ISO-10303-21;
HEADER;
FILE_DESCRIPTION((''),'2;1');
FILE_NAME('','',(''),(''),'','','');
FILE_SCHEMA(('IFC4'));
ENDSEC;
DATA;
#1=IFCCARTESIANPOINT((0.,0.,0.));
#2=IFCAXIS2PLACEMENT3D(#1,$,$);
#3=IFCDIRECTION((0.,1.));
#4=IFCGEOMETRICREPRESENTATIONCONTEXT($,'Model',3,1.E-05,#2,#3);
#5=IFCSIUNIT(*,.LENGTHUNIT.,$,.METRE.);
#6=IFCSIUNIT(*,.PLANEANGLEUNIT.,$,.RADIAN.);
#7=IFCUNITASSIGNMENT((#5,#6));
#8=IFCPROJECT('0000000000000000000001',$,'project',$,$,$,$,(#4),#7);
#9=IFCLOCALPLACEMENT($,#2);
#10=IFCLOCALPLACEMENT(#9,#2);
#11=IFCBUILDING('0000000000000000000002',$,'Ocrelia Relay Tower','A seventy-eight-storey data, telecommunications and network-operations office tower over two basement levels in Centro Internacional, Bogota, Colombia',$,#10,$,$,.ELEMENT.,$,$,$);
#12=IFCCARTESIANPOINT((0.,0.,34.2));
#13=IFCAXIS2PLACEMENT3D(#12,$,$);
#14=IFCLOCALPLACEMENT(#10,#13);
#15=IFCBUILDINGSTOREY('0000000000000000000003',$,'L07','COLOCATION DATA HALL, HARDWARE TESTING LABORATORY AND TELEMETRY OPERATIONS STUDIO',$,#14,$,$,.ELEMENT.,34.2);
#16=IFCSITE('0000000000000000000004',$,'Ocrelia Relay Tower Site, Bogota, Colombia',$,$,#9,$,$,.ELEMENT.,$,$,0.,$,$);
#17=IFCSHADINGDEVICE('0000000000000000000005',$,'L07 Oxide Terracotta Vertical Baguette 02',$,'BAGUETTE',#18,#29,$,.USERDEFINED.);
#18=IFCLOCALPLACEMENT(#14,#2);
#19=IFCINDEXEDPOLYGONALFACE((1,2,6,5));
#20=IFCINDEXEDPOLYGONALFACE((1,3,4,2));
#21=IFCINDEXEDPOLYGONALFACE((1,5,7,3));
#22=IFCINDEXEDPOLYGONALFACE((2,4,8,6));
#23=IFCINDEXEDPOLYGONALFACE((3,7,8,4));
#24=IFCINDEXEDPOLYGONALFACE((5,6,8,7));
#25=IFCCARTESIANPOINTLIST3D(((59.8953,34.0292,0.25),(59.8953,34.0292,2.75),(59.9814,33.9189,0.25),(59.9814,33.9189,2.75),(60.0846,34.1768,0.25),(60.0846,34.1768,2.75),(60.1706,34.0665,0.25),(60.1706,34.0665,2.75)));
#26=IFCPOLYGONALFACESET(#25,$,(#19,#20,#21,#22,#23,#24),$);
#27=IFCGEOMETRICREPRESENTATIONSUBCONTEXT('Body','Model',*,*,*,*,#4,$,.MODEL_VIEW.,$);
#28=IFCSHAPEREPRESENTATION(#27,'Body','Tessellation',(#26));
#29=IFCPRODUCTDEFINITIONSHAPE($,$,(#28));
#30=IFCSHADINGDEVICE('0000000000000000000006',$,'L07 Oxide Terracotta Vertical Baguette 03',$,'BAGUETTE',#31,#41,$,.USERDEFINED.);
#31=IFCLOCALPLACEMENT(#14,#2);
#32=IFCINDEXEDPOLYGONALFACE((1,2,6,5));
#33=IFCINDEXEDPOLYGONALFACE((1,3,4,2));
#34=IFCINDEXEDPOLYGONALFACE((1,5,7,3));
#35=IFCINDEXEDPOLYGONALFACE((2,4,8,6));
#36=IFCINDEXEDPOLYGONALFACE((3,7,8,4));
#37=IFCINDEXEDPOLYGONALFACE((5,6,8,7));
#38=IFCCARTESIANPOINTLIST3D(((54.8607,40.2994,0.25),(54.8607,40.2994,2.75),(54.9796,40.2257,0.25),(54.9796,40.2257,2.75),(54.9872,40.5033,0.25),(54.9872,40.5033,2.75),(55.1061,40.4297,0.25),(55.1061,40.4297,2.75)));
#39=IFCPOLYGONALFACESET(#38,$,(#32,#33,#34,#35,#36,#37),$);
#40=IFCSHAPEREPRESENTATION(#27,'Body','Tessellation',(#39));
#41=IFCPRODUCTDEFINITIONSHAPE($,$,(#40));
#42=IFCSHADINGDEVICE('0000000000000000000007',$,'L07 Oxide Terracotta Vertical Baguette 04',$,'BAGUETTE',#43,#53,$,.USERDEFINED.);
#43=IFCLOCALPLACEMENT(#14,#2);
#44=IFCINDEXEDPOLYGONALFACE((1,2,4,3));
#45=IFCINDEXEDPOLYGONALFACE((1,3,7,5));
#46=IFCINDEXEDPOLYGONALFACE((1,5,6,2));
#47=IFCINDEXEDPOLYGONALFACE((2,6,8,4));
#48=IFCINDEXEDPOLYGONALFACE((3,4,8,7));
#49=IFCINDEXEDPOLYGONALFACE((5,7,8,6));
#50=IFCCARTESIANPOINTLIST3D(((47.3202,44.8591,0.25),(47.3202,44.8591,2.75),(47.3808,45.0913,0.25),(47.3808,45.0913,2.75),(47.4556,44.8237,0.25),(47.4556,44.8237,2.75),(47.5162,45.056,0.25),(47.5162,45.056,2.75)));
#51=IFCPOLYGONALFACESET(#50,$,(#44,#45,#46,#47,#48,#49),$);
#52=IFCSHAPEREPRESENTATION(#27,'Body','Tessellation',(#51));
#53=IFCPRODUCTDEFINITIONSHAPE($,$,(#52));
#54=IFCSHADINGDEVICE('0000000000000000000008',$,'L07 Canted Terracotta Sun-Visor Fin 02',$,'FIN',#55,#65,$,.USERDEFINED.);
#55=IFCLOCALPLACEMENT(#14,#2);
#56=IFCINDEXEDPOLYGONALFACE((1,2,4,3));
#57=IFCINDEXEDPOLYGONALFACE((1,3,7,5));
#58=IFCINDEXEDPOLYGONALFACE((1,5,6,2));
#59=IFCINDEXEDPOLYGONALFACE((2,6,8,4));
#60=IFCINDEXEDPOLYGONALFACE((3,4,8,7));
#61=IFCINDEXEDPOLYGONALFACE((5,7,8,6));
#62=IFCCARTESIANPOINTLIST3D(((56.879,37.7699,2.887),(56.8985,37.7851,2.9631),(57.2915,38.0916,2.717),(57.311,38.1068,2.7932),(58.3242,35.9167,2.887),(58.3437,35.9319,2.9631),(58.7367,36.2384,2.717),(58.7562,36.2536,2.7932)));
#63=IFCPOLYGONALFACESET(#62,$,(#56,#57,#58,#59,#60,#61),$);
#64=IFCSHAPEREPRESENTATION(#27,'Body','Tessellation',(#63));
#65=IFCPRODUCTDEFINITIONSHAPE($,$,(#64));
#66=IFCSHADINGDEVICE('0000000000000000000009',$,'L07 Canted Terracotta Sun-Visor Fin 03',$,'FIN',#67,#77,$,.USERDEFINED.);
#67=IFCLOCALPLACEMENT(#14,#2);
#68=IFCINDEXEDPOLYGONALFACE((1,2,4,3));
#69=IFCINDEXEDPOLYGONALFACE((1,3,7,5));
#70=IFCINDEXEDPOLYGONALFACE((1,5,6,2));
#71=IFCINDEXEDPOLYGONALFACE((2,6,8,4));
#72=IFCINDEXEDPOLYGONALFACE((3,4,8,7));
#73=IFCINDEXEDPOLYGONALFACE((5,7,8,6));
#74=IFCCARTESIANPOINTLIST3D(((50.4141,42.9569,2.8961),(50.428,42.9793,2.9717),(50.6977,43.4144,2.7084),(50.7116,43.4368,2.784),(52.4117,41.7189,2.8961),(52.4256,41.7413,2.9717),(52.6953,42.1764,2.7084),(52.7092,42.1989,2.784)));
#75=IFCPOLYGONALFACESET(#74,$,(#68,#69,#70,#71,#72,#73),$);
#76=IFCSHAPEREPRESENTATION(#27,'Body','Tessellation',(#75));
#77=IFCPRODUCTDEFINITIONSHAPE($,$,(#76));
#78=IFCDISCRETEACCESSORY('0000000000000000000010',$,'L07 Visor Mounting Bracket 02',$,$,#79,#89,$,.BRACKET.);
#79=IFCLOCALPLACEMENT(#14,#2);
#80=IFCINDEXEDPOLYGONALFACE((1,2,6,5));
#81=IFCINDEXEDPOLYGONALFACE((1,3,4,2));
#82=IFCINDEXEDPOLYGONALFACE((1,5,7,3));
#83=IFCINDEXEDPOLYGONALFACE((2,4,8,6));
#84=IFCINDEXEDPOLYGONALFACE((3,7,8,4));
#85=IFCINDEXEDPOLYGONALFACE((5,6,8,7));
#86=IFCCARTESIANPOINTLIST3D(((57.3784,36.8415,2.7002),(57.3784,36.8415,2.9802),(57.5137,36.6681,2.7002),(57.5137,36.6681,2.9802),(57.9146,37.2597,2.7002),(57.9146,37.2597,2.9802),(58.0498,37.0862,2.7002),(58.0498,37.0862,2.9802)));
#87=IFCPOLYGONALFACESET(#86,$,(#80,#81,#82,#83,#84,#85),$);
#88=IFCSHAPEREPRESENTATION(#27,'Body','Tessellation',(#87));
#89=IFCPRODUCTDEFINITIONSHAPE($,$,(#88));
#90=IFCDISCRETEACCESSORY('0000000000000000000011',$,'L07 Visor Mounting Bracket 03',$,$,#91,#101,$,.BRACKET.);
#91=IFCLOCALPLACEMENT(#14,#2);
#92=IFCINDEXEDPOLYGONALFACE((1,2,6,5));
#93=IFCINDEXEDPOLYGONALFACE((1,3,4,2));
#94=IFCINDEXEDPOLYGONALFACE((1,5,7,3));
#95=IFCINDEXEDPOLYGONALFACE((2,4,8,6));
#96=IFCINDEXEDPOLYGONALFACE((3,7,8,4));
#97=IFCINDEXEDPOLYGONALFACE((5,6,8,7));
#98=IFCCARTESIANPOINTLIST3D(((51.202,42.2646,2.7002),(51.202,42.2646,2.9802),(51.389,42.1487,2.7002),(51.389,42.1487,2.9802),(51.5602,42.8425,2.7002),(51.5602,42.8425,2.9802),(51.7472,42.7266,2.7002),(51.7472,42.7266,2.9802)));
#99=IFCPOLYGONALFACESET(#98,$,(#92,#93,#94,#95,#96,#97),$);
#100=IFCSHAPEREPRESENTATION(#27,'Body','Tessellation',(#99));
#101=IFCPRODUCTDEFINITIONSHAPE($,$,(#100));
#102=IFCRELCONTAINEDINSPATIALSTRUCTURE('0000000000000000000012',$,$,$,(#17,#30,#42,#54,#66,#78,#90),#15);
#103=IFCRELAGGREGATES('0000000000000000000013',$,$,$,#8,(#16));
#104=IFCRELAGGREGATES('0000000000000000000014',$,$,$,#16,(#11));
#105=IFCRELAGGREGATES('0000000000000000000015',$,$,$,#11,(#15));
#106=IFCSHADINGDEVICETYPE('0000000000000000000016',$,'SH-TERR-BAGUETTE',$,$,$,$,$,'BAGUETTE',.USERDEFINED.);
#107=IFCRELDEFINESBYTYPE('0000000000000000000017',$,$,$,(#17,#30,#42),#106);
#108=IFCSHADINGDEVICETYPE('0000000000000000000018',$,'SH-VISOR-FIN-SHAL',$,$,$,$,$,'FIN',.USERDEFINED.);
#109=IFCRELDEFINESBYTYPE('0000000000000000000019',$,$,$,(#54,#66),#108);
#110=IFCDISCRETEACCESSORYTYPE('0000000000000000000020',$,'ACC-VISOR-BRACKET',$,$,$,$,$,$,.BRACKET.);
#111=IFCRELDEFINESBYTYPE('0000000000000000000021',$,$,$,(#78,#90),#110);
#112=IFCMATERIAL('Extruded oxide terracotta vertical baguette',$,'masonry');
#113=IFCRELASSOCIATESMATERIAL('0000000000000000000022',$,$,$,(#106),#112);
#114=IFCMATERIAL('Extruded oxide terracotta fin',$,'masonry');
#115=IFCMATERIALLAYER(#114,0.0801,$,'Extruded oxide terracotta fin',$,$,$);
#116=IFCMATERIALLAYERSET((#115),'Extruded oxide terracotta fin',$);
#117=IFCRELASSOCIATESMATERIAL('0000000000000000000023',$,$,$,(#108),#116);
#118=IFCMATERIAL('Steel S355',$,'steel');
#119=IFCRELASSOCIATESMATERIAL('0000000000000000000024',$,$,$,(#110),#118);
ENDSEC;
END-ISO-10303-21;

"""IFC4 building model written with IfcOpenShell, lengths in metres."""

from ifc_helpers import new_model, si_unit, direction, frame, origin, origin_2d, place, context, subcontext, project, spatial, rectangle, extrude, material, layer, layer_set, type_object, element, save


model = new_model("IFC4")

# Units and contexts
model_context = context("Model", 3, precision=1e-05, world=origin(), true_north=direction((0.0, 1.0)))
body_context = subcontext(model_context, "Body", "Model", "MODEL_VIEW")
ifc_project = project(units=[si_unit("LENGTHUNIT", "METRE"), si_unit("PLANEANGLEUNIT", "RADIAN")], contexts=[model_context])

# Site, building, storey
site_placement = place(None, origin())
site = spatial("IfcSite", under=ifc_project, at=site_placement, Name="Ocrelia Relay Tower Site, Bogota, Colombia", CompositionType="ELEMENT", RefElevation=0.0)
building_placement = place(site_placement, origin())
building = spatial("IfcBuilding", under=site, at=building_placement, Name="Ocrelia Relay Tower", Description="A seventy-eight-storey data, telecommunications and network-operations office tower over two basement levels in Centro Internacional, Bogota, Colombia", CompositionType="ELEMENT")
storey_placement = place(building_placement, frame((0.0, 0.0, 34.2)))
storey = spatial("IfcBuildingStorey", under=building, at=storey_placement, Name="L07", Description="COLOCATION DATA HALL, HARDWARE TESTING LABORATORY AND TELEMETRY OPERATIONS STUDIO", CompositionType="ELEMENT", Elevation=34.2)

# Shared definitions
ifc_material_1 = material(Name="Steel S355", Category="steel")

# Shading devices
ifc_material_2 = material(Name="Extruded oxide terracotta vertical baguette", Category="masonry")
shading_device_type_1 = type_object("IfcShadingDeviceType", Name="SH-TERR-BAGUETTE", ElementType="BAGUETTE", PredefinedType="USERDEFINED", material=ifc_material_2)
for number, where, z_axis, x_axis, name in (
    (1, (60.033, 34.0479, 0.25), (0.0, 0.0, 1.0), (-0.614969, 0.788551, 0.0), "L07 Oxide Terracotta Vertical Baguette 02"),
    (2, (54.9834, 40.3645, 0.25), (0.0, 0.0, 1.0), (-0.850007, 0.526771, 0.0), "L07 Oxide Terracotta Vertical Baguette 03"),
    (3, (47.4182, 44.9575, 0.25), (0.0, 0.0, 1.0), (-0.967568, 0.252612, 0.0), "L07 Oxide Terracotta Vertical Baguette 04"),
):
    element("IfcShadingDevice", number, at=place(storey_placement, frame(where, z_axis=z_axis, x_axis=x_axis)), inside=storey, type_object=shading_device_type_1, Name=name, ObjectType="BAGUETTE", PredefinedType="USERDEFINED", context=body_context, shape_type="SweptSolid", body=[
        extrude(rectangle(XDim=0.1399, YDim=0.24, at=origin_2d()), origin(), (0.0, 0.0, 1.0), 2.5),
    ])
ifc_material_3 = material(Name="Extruded oxide terracotta fin", Category="masonry")
ifc_layer_1 = layer(ifc_material_3, 0.0801, Name="Extruded oxide terracotta fin")
ifc_layer_set_1 = layer_set([ifc_layer_1], Name="Extruded oxide terracotta fin")
shading_device_type_2 = type_object("IfcShadingDeviceType", Name="SH-VISOR-FIN-SHAL", ElementType="FIN", PredefinedType="USERDEFINED", material=ifc_layer_set_1)
shading_device_1_placement = place(storey_placement, frame((57.8079, 37.0042, 2.802), z_axis=(0.243676, 0.190036, 0.951057), x_axis=(-0.614969, 0.788551, 0.0)))
element("IfcShadingDevice", 4, at=shading_device_1_placement, inside=storey, type_object=shading_device_type_2, Name="L07 Canted Terracotta Sun-Visor Fin 02", ObjectType="FIN", PredefinedType="USERDEFINED", context=body_context, shape_type="SweptSolid", body=[
    extrude(rectangle(XDim=2.3501, YDim=0.55, at=origin_2d()), origin(), (0.0, 0.0, 1.0), 0.0801),
])
shading_device_2_placement = place(storey_placement, frame((51.5547, 42.5667, 2.8022), z_axis=(0.173411, 0.279819, 0.944262), x_axis=(-0.850007, 0.526771, 0.0)))
element("IfcShadingDevice", 5, at=shading_device_2_placement, inside=storey, type_object=shading_device_type_2, Name="L07 Canted Terracotta Sun-Visor Fin 03", ObjectType="FIN", PredefinedType="USERDEFINED", context=body_context, shape_type="SweptSolid", body=[
    extrude(rectangle(XDim=2.3501, YDim=0.5701, at=origin_2d()), origin(), (0.0, 0.0, 1.0), 0.0801),
])

# Discrete accessories
discrete_accessory_type = type_object("IfcDiscreteAccessoryType", Name="ACC-VISOR-BRACKET", PredefinedType="BRACKET", material=ifc_material_1)
for number, where, z_axis, x_axis, name in (
    (6, (57.7141, 36.9639, 2.7002), (0.0, 0.0, 1.0), (-0.614969, 0.788551, 0.0), "L07 Visor Mounting Bracket 02"),
    (7, (51.4746, 42.4956, 2.7002), (0.0, 0.0, 1.0), (-0.850007, 0.526771, 0.0), "L07 Visor Mounting Bracket 03"),
):
    element("IfcDiscreteAccessory", number, at=place(storey_placement, frame(where, z_axis=z_axis, x_axis=x_axis)), inside=storey, type_object=discrete_accessory_type, Name=name, PredefinedType="BRACKET", context=body_context, shape_type="SweptSolid", body=[
        extrude(rectangle(XDim=0.22, YDim=0.6799, at=origin_2d()), origin(), (0.0, 0.0, 1.0), 0.28),
    ])

save(model, "model.ifc")
